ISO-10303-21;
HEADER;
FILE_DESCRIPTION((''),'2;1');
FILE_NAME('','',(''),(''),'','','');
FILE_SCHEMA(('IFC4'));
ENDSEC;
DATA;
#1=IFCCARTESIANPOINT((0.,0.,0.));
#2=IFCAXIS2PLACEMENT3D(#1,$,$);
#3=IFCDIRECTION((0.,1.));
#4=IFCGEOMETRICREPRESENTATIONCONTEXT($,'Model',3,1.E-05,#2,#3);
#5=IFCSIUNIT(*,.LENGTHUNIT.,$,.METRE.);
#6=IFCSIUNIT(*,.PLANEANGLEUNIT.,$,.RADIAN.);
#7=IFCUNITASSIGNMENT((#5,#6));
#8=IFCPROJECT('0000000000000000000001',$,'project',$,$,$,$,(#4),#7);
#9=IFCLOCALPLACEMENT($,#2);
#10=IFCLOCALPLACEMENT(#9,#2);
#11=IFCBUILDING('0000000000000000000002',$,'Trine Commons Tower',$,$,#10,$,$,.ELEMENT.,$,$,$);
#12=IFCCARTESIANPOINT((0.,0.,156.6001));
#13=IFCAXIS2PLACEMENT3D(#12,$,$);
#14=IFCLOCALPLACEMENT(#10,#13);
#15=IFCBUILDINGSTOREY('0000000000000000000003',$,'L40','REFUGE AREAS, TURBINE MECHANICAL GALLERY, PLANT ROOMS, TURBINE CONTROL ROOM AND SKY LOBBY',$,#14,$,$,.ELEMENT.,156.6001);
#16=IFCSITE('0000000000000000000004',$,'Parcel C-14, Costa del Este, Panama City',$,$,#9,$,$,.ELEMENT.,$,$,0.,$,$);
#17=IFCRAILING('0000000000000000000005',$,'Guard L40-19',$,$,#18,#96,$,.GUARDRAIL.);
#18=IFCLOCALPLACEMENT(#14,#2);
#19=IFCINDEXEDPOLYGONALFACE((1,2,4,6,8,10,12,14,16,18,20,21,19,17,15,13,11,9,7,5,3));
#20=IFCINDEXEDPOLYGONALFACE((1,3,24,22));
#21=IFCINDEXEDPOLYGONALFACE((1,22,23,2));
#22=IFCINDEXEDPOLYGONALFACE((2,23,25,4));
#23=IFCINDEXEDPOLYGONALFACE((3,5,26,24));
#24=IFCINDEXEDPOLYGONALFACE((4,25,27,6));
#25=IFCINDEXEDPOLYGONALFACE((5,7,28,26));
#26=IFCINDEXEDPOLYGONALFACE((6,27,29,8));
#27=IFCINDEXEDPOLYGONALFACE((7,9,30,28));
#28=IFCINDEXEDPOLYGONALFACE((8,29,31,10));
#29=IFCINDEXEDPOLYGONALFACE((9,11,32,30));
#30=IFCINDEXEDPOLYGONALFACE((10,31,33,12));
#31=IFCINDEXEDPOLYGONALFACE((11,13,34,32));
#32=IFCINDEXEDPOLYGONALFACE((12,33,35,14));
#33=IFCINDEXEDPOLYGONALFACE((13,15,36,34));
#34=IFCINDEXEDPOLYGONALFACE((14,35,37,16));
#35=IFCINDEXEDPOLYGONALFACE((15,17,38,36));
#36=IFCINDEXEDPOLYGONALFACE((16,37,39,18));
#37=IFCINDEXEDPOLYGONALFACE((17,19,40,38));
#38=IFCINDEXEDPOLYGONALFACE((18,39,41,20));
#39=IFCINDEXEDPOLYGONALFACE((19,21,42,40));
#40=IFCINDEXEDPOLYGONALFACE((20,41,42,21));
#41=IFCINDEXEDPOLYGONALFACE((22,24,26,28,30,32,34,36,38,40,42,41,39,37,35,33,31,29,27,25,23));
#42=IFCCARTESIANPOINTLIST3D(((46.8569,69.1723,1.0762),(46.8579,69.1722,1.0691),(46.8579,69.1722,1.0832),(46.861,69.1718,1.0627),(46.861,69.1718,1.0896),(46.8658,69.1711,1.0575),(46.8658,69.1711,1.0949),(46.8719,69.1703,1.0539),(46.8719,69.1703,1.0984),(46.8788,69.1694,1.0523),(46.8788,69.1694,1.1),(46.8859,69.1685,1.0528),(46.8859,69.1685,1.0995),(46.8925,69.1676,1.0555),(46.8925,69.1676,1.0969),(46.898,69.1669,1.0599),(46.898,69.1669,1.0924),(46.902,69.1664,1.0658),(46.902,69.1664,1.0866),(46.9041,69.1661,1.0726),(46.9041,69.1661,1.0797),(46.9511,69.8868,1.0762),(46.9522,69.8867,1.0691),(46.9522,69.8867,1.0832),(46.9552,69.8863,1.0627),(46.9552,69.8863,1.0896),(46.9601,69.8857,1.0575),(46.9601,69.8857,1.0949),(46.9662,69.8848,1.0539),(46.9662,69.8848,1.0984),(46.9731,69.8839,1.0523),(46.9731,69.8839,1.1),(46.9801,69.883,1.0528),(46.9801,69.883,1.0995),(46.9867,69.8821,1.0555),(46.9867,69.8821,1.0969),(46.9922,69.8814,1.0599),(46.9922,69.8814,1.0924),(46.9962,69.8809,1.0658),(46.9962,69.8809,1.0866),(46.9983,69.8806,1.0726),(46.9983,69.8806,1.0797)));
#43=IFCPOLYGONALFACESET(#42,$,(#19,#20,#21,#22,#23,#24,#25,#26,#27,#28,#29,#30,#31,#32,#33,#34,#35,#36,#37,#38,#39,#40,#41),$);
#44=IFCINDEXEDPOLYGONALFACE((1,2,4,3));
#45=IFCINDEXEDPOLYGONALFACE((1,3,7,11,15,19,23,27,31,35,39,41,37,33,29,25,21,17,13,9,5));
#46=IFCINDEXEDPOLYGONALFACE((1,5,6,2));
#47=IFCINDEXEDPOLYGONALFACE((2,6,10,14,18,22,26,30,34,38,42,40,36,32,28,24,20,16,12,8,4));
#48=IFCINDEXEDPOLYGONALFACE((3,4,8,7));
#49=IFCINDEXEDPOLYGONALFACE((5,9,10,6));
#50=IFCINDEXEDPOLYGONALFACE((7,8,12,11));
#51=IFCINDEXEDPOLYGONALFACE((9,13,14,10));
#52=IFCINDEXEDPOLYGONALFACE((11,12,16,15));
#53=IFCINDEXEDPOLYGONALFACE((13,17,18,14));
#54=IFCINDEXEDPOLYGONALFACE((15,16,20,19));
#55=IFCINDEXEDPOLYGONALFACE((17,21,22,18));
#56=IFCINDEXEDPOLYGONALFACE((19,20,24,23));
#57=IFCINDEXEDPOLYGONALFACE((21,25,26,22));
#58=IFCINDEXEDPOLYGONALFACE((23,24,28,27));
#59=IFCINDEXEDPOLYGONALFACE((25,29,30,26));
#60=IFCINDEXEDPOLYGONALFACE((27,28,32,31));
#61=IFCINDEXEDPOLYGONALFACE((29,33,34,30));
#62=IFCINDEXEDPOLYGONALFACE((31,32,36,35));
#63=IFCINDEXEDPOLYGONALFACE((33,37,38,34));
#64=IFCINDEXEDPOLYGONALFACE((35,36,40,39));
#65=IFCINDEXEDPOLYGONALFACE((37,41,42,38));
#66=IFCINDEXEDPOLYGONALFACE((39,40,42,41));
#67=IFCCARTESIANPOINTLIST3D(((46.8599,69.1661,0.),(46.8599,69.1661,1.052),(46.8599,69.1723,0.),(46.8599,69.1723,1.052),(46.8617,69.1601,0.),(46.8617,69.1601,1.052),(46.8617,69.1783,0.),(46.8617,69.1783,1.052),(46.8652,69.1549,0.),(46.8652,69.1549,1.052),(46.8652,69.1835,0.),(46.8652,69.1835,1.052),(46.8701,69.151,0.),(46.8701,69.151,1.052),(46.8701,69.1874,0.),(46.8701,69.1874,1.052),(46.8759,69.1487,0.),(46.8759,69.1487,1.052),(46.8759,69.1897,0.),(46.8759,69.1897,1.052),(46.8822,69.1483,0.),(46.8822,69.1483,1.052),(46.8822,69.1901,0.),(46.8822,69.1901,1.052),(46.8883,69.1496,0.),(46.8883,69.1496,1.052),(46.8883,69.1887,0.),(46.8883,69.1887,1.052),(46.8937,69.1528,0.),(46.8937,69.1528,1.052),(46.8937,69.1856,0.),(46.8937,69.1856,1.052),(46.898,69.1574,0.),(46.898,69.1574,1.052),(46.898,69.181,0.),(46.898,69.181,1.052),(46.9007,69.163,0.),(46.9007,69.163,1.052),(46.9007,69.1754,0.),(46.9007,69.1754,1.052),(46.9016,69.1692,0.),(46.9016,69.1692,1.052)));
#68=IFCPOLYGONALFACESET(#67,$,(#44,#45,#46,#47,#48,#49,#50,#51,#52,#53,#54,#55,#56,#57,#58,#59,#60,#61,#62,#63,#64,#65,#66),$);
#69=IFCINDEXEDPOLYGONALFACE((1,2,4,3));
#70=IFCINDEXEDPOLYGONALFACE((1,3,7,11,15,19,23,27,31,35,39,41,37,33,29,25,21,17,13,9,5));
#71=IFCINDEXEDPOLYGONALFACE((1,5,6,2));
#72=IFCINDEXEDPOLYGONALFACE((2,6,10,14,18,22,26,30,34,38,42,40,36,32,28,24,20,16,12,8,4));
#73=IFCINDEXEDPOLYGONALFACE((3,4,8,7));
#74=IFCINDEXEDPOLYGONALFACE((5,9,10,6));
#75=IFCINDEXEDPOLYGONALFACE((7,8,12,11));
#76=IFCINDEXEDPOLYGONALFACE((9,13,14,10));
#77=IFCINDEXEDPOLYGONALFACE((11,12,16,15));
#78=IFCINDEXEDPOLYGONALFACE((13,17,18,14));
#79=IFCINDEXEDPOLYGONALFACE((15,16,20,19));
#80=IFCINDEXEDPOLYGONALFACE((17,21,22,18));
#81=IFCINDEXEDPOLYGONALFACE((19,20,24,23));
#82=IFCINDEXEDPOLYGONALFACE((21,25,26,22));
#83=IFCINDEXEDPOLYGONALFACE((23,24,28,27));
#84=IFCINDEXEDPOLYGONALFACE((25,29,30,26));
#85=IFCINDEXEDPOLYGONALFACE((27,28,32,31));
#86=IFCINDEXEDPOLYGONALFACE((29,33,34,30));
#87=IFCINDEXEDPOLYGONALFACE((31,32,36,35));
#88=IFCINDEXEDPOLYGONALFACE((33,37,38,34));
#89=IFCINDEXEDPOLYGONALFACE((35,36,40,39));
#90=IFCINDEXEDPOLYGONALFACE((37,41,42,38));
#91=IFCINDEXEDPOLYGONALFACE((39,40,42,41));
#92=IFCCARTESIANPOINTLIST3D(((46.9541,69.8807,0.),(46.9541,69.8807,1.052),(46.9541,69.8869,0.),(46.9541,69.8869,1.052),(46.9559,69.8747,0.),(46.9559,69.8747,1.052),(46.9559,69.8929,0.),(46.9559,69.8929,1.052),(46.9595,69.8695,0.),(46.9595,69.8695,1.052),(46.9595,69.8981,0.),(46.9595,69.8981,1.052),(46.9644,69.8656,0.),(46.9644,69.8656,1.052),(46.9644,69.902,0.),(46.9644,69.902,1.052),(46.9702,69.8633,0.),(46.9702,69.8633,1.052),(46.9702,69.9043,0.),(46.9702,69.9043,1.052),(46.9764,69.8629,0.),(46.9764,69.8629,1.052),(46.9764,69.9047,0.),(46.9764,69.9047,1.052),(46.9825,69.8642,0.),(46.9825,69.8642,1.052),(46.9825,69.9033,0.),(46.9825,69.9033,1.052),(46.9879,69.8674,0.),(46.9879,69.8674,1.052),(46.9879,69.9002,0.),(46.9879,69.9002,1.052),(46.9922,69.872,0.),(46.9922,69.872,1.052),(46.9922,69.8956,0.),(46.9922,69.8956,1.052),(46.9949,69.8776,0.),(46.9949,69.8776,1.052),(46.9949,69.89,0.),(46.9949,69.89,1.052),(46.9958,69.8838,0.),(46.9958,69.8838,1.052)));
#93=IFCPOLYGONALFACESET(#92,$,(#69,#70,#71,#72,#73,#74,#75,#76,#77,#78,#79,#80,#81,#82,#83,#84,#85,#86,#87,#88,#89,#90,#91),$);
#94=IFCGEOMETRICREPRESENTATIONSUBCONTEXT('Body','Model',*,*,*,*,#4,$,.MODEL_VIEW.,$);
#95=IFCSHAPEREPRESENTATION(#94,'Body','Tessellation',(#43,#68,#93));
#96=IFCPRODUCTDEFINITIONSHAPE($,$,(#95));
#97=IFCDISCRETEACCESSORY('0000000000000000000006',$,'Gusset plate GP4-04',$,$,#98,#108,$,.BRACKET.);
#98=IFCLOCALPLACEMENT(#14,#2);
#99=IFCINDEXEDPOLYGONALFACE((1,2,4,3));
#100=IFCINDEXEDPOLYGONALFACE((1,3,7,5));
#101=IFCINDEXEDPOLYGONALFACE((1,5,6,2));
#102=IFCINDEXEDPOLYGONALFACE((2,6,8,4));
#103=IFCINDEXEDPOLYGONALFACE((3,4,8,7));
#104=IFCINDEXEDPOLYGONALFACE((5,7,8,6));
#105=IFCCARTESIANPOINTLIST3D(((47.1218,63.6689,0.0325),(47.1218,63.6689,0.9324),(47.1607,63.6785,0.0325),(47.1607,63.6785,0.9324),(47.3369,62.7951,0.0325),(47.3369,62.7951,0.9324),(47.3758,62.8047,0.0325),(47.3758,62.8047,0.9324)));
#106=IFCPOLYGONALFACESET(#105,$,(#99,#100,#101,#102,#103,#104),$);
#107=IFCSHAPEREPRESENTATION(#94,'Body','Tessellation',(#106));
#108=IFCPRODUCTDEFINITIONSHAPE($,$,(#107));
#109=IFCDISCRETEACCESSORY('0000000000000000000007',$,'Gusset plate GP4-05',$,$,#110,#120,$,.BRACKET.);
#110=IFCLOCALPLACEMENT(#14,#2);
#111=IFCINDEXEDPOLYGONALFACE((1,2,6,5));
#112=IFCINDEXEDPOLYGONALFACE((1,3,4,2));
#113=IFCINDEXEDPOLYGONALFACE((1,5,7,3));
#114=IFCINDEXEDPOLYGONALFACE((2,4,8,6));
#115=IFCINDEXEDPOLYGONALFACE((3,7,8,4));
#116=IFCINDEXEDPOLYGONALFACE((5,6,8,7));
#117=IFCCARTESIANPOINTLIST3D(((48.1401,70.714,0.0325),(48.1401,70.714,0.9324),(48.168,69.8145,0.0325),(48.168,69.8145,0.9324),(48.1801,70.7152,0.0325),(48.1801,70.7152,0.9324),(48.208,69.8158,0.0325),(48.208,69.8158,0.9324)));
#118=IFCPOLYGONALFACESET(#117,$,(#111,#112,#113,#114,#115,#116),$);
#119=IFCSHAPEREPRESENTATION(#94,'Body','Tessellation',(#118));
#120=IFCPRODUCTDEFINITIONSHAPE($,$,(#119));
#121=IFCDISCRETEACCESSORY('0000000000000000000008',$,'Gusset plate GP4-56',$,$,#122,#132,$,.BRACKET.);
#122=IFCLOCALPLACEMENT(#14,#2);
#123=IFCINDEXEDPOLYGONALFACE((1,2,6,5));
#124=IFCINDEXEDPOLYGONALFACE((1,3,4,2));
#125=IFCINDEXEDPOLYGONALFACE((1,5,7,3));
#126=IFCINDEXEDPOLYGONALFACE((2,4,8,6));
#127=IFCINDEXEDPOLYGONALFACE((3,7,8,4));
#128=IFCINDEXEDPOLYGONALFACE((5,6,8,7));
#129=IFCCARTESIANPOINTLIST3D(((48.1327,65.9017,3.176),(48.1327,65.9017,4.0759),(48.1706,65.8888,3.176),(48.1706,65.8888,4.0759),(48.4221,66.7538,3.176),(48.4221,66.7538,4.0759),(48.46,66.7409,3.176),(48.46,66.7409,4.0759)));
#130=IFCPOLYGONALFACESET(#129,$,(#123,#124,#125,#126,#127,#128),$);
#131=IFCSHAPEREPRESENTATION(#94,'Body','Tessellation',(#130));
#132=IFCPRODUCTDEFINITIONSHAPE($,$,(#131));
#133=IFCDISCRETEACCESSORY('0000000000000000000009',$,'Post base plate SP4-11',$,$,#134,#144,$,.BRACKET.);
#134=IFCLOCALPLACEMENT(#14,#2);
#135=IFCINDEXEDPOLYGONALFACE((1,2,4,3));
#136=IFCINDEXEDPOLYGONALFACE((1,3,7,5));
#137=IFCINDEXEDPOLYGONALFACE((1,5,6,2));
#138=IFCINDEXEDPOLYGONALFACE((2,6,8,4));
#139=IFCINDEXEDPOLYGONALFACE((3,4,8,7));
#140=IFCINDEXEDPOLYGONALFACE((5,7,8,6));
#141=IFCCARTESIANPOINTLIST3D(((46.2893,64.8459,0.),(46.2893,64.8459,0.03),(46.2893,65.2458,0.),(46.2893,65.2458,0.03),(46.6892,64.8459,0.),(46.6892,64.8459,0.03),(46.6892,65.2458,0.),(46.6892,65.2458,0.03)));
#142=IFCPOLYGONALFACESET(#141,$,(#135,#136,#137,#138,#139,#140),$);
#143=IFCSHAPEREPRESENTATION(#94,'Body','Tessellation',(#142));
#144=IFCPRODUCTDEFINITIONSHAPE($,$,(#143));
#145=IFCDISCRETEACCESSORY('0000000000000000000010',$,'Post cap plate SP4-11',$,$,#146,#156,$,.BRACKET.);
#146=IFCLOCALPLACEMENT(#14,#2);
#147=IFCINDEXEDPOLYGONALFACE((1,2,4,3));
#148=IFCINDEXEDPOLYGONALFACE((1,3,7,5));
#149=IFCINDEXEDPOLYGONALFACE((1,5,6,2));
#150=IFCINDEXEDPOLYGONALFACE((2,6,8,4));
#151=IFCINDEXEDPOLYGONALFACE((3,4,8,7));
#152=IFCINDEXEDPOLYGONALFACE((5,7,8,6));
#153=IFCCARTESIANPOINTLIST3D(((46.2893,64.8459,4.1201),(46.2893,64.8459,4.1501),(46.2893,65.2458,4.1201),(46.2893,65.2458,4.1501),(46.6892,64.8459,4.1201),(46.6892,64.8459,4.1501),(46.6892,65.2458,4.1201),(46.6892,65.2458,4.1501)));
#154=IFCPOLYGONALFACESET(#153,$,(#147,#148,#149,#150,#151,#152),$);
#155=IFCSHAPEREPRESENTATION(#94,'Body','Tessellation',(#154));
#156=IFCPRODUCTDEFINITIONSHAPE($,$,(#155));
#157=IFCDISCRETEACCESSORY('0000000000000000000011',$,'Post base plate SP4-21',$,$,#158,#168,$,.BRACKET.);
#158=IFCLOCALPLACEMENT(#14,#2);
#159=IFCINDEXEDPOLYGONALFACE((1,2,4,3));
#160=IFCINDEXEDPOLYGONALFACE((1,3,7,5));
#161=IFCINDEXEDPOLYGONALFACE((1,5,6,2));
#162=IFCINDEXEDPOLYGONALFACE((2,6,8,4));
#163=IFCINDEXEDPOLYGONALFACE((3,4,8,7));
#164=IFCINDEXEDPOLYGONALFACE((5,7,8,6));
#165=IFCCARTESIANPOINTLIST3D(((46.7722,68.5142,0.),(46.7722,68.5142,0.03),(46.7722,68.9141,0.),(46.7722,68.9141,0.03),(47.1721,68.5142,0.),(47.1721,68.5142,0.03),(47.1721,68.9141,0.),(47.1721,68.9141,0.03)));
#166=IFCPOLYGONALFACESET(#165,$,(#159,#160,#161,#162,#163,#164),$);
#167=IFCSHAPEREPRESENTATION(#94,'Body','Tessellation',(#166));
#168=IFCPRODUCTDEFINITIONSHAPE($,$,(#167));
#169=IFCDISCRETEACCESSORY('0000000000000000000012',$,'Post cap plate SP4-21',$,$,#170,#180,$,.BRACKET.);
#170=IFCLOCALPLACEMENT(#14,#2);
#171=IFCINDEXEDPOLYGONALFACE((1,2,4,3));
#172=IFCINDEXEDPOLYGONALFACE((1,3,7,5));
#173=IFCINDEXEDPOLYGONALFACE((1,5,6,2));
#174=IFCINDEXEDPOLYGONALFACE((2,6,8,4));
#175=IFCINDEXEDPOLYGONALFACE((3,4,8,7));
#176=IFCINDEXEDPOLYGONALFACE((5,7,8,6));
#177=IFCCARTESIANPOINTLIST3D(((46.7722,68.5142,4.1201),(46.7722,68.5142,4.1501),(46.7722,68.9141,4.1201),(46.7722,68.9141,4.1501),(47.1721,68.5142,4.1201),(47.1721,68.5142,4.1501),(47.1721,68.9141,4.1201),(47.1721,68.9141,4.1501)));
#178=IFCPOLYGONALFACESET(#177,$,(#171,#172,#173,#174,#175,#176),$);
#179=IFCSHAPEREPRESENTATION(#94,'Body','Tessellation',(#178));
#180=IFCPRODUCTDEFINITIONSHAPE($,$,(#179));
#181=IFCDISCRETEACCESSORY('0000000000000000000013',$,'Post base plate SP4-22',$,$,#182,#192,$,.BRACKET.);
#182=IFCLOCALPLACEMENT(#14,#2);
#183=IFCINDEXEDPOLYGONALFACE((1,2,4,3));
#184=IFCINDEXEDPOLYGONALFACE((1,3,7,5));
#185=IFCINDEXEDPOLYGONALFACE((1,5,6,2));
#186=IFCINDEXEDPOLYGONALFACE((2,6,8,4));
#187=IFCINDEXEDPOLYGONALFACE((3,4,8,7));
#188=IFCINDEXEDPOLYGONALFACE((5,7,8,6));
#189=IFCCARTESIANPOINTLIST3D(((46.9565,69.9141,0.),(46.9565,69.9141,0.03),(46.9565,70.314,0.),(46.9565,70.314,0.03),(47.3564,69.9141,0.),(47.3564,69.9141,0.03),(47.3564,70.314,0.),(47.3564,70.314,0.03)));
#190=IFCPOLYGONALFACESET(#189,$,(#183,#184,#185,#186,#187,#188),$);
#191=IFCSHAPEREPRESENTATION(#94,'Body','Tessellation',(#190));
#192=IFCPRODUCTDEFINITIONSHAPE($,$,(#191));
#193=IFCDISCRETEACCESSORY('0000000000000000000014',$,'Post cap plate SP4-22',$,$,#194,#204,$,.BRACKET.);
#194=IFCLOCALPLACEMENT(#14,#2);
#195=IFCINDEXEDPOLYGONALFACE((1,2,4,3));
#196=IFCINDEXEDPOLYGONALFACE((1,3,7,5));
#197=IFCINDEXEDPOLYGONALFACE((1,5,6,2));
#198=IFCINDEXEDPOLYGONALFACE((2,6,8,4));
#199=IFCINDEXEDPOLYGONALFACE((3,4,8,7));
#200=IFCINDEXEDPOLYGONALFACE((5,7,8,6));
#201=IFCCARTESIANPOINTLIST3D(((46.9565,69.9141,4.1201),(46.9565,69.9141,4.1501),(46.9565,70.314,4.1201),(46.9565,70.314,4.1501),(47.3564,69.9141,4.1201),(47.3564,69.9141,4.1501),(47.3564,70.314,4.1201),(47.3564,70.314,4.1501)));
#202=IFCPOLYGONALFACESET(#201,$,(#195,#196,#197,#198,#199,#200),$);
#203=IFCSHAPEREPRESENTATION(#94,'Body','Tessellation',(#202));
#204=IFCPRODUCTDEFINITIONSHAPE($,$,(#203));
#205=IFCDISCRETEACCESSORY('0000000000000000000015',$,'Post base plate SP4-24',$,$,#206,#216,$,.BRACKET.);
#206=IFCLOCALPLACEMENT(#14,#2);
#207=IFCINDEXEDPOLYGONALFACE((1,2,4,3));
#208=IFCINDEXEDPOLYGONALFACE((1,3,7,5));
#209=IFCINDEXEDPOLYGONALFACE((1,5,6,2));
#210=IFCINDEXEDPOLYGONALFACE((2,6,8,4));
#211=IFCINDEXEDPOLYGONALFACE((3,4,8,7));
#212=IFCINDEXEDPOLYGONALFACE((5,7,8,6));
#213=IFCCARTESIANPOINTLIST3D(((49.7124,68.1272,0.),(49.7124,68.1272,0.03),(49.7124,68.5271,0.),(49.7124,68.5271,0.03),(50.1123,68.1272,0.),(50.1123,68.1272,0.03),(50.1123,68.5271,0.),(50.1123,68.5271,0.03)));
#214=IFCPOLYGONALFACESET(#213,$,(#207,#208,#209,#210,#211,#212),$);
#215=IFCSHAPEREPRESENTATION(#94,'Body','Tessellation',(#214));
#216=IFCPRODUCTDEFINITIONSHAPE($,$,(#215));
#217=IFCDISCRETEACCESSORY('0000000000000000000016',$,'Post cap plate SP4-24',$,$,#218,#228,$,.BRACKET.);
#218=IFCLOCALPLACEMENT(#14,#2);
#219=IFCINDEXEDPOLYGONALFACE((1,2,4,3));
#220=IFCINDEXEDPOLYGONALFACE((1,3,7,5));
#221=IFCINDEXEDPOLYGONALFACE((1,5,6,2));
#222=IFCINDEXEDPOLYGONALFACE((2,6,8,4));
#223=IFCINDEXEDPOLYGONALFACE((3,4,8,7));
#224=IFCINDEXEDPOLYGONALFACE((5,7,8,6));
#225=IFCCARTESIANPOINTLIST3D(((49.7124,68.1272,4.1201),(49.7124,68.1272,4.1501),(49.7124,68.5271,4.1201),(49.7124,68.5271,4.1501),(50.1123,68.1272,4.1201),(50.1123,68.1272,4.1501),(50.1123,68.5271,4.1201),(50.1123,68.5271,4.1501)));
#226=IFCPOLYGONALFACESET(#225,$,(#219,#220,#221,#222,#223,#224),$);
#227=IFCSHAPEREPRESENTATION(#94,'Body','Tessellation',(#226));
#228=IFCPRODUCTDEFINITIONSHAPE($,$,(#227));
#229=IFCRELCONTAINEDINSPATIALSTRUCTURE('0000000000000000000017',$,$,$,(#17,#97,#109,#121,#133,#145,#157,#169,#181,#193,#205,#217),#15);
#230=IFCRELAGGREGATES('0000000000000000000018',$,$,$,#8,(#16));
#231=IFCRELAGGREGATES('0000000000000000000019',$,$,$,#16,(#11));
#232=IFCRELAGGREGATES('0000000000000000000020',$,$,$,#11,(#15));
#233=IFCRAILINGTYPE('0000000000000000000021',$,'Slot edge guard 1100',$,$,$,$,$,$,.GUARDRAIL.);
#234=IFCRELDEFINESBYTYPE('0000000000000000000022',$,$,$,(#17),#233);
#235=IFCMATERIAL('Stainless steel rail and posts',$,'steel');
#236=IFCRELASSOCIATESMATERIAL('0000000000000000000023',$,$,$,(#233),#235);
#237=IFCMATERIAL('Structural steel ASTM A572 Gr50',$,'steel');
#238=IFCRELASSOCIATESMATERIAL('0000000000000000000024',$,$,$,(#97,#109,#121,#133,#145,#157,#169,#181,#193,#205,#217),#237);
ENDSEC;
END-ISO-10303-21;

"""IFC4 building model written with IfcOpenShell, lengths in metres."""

from ifc_helpers import new_model, si_unit, direction, frame, origin, origin_2d, place, context, subcontext, project, spatial, rectangle, circle, extrude, material, type_object, element, save


model = new_model("IFC4")

# Units and contexts
model_context = context("Model", 3, precision=1e-05, world=origin(), true_north=direction((0.0, 1.0)))
body_context = subcontext(model_context, "Body", "Model", "MODEL_VIEW")
ifc_project = project(units=[si_unit("LENGTHUNIT", "METRE"), si_unit("PLANEANGLEUNIT", "RADIAN")], contexts=[model_context])

# Site, building, storey
site_placement = place(None, origin())
site = spatial("IfcSite", under=ifc_project, at=site_placement, Name="Parcel C-14, Costa del Este, Panama City", CompositionType="ELEMENT", RefElevation=0.0)
building_placement = place(site_placement, origin())
building = spatial("IfcBuilding", under=site, at=building_placement, Name="Trine Commons Tower", CompositionType="ELEMENT")
storey_placement = place(building_placement, frame((0.0, 0.0, 156.6001)))
storey = spatial("IfcBuildingStorey", under=building, at=storey_placement, Name="L40", Description="REFUGE AREAS, TURBINE MECHANICAL GALLERY, PLANT ROOMS, TURBINE CONTROL ROOM AND SKY LOBBY", CompositionType="ELEMENT", Elevation=156.6001)

# Railing
ifc_material_1 = material(Name="Stainless steel rail and posts", Category="steel")
railing_type = type_object("IfcRailingType", Name="Slot edge guard 1100", PredefinedType="GUARDRAIL", material=ifc_material_1)
railing_1_placement = place(storey_placement, frame((46.8806, 69.1692, 0.0)))
element("IfcRailing", 1, at=railing_1_placement, inside=storey, type_object=railing_type, Name="Guard L40-19", PredefinedType="GUARDRAIL", context=body_context, shape_type="SweptSolid", body=[
    extrude(circle(Radius=0.0239, at=origin_2d()), frame((0.0, 0.0, 1.0762), z_axis=(0.130744, 0.991416, 0.0), x_axis=(-0.991416, 0.130744, 0.0)), (0.0, 0.0, 1.0), 0.7207),
    extrude(circle(Radius=0.021, at=origin_2d()), origin(), (0.0, 0.0, 1.0), 1.052),
    extrude(circle(Radius=0.021, at=origin_2d()), frame((0.0942, 0.7146, 0.0)), (0.0, 0.0, 1.0), 1.052),
])

# Discrete accessories
ifc_material_2 = material(Name="Structural steel ASTM A572 Gr50", Category="steel")
for number, where, z_axis, x_axis, name in (
    (2, (47.2488, 63.2368, 0.0325), (0.0, 0.0, 1.0), (0.239042, -0.971009, 0.0), "Gusset plate GP4-04"),
    (3, (48.1741, 70.2649, 0.0325), (0.0, 0.0, 1.0), (0.030992, -0.99952, 0.0), "Gusset plate GP4-05"),
    (4, (48.2964, 66.3213, 3.176), (0.0, 0.0, 1.0), (0.321588, 0.94688, 0.0), "Gusset plate GP4-56"),
):
    element("IfcDiscreteAccessory", number, at=place(storey_placement, frame(where, z_axis=z_axis, x_axis=x_axis)), inside=storey, material=ifc_material_2, Name=name, PredefinedType="BRACKET", context=body_context, shape_type="SweptSolid", body=[
        extrude(rectangle(XDim=0.8999, YDim=0.04, at=origin_2d()), origin(), (0.0, 0.0, 1.0), 0.8999),
    ])
for number, where, z_axis, x_axis, name in (
    (5, (46.4893, 65.0459, 0.0), (0.0, 0.0, 1.0), (1.0, 0.0, 0.0), "Post base plate SP4-11"),
    (6, (46.4893, 65.0459, 4.1201), (0.0, 0.0, 1.0), (1.0, 0.0, 0.0), "Post cap plate SP4-11"),
    (7, (46.9722, 68.7141, 0.0), (0.0, 0.0, 1.0), (1.0, 0.0, 0.0), "Post base plate SP4-21"),
    (8, (46.9722, 68.7141, 4.1201), (0.0, 0.0, 1.0), (1.0, 0.0, 0.0), "Post cap plate SP4-21"),
    (9, (47.1565, 70.114, 0.0), (0.0, 0.0, 1.0), (1.0, 0.0, 0.0), "Post base plate SP4-22"),
    (10, (47.1565, 70.114, 4.1201), (0.0, 0.0, 1.0), (1.0, 0.0, 0.0), "Post cap plate SP4-22"),
    (11, (49.9124, 68.3271, 0.0), (0.0, 0.0, 1.0), (1.0, 0.0, 0.0), "Post base plate SP4-24"),
    (12, (49.9124, 68.3271, 4.1201), (0.0, 0.0, 1.0), (1.0, 0.0, 0.0), "Post cap plate SP4-24"),
):
    element("IfcDiscreteAccessory", number, at=place(storey_placement, frame(where, z_axis=z_axis, x_axis=x_axis)), inside=storey, material=ifc_material_2, Name=name, PredefinedType="BRACKET", context=body_context, shape_type="SweptSolid", body=[
        extrude(rectangle(XDim=0.3999, YDim=0.3999, at=origin_2d()), origin(), (0.0, 0.0, 1.0), 0.03),
    ])

save(model, "model.ifc")
